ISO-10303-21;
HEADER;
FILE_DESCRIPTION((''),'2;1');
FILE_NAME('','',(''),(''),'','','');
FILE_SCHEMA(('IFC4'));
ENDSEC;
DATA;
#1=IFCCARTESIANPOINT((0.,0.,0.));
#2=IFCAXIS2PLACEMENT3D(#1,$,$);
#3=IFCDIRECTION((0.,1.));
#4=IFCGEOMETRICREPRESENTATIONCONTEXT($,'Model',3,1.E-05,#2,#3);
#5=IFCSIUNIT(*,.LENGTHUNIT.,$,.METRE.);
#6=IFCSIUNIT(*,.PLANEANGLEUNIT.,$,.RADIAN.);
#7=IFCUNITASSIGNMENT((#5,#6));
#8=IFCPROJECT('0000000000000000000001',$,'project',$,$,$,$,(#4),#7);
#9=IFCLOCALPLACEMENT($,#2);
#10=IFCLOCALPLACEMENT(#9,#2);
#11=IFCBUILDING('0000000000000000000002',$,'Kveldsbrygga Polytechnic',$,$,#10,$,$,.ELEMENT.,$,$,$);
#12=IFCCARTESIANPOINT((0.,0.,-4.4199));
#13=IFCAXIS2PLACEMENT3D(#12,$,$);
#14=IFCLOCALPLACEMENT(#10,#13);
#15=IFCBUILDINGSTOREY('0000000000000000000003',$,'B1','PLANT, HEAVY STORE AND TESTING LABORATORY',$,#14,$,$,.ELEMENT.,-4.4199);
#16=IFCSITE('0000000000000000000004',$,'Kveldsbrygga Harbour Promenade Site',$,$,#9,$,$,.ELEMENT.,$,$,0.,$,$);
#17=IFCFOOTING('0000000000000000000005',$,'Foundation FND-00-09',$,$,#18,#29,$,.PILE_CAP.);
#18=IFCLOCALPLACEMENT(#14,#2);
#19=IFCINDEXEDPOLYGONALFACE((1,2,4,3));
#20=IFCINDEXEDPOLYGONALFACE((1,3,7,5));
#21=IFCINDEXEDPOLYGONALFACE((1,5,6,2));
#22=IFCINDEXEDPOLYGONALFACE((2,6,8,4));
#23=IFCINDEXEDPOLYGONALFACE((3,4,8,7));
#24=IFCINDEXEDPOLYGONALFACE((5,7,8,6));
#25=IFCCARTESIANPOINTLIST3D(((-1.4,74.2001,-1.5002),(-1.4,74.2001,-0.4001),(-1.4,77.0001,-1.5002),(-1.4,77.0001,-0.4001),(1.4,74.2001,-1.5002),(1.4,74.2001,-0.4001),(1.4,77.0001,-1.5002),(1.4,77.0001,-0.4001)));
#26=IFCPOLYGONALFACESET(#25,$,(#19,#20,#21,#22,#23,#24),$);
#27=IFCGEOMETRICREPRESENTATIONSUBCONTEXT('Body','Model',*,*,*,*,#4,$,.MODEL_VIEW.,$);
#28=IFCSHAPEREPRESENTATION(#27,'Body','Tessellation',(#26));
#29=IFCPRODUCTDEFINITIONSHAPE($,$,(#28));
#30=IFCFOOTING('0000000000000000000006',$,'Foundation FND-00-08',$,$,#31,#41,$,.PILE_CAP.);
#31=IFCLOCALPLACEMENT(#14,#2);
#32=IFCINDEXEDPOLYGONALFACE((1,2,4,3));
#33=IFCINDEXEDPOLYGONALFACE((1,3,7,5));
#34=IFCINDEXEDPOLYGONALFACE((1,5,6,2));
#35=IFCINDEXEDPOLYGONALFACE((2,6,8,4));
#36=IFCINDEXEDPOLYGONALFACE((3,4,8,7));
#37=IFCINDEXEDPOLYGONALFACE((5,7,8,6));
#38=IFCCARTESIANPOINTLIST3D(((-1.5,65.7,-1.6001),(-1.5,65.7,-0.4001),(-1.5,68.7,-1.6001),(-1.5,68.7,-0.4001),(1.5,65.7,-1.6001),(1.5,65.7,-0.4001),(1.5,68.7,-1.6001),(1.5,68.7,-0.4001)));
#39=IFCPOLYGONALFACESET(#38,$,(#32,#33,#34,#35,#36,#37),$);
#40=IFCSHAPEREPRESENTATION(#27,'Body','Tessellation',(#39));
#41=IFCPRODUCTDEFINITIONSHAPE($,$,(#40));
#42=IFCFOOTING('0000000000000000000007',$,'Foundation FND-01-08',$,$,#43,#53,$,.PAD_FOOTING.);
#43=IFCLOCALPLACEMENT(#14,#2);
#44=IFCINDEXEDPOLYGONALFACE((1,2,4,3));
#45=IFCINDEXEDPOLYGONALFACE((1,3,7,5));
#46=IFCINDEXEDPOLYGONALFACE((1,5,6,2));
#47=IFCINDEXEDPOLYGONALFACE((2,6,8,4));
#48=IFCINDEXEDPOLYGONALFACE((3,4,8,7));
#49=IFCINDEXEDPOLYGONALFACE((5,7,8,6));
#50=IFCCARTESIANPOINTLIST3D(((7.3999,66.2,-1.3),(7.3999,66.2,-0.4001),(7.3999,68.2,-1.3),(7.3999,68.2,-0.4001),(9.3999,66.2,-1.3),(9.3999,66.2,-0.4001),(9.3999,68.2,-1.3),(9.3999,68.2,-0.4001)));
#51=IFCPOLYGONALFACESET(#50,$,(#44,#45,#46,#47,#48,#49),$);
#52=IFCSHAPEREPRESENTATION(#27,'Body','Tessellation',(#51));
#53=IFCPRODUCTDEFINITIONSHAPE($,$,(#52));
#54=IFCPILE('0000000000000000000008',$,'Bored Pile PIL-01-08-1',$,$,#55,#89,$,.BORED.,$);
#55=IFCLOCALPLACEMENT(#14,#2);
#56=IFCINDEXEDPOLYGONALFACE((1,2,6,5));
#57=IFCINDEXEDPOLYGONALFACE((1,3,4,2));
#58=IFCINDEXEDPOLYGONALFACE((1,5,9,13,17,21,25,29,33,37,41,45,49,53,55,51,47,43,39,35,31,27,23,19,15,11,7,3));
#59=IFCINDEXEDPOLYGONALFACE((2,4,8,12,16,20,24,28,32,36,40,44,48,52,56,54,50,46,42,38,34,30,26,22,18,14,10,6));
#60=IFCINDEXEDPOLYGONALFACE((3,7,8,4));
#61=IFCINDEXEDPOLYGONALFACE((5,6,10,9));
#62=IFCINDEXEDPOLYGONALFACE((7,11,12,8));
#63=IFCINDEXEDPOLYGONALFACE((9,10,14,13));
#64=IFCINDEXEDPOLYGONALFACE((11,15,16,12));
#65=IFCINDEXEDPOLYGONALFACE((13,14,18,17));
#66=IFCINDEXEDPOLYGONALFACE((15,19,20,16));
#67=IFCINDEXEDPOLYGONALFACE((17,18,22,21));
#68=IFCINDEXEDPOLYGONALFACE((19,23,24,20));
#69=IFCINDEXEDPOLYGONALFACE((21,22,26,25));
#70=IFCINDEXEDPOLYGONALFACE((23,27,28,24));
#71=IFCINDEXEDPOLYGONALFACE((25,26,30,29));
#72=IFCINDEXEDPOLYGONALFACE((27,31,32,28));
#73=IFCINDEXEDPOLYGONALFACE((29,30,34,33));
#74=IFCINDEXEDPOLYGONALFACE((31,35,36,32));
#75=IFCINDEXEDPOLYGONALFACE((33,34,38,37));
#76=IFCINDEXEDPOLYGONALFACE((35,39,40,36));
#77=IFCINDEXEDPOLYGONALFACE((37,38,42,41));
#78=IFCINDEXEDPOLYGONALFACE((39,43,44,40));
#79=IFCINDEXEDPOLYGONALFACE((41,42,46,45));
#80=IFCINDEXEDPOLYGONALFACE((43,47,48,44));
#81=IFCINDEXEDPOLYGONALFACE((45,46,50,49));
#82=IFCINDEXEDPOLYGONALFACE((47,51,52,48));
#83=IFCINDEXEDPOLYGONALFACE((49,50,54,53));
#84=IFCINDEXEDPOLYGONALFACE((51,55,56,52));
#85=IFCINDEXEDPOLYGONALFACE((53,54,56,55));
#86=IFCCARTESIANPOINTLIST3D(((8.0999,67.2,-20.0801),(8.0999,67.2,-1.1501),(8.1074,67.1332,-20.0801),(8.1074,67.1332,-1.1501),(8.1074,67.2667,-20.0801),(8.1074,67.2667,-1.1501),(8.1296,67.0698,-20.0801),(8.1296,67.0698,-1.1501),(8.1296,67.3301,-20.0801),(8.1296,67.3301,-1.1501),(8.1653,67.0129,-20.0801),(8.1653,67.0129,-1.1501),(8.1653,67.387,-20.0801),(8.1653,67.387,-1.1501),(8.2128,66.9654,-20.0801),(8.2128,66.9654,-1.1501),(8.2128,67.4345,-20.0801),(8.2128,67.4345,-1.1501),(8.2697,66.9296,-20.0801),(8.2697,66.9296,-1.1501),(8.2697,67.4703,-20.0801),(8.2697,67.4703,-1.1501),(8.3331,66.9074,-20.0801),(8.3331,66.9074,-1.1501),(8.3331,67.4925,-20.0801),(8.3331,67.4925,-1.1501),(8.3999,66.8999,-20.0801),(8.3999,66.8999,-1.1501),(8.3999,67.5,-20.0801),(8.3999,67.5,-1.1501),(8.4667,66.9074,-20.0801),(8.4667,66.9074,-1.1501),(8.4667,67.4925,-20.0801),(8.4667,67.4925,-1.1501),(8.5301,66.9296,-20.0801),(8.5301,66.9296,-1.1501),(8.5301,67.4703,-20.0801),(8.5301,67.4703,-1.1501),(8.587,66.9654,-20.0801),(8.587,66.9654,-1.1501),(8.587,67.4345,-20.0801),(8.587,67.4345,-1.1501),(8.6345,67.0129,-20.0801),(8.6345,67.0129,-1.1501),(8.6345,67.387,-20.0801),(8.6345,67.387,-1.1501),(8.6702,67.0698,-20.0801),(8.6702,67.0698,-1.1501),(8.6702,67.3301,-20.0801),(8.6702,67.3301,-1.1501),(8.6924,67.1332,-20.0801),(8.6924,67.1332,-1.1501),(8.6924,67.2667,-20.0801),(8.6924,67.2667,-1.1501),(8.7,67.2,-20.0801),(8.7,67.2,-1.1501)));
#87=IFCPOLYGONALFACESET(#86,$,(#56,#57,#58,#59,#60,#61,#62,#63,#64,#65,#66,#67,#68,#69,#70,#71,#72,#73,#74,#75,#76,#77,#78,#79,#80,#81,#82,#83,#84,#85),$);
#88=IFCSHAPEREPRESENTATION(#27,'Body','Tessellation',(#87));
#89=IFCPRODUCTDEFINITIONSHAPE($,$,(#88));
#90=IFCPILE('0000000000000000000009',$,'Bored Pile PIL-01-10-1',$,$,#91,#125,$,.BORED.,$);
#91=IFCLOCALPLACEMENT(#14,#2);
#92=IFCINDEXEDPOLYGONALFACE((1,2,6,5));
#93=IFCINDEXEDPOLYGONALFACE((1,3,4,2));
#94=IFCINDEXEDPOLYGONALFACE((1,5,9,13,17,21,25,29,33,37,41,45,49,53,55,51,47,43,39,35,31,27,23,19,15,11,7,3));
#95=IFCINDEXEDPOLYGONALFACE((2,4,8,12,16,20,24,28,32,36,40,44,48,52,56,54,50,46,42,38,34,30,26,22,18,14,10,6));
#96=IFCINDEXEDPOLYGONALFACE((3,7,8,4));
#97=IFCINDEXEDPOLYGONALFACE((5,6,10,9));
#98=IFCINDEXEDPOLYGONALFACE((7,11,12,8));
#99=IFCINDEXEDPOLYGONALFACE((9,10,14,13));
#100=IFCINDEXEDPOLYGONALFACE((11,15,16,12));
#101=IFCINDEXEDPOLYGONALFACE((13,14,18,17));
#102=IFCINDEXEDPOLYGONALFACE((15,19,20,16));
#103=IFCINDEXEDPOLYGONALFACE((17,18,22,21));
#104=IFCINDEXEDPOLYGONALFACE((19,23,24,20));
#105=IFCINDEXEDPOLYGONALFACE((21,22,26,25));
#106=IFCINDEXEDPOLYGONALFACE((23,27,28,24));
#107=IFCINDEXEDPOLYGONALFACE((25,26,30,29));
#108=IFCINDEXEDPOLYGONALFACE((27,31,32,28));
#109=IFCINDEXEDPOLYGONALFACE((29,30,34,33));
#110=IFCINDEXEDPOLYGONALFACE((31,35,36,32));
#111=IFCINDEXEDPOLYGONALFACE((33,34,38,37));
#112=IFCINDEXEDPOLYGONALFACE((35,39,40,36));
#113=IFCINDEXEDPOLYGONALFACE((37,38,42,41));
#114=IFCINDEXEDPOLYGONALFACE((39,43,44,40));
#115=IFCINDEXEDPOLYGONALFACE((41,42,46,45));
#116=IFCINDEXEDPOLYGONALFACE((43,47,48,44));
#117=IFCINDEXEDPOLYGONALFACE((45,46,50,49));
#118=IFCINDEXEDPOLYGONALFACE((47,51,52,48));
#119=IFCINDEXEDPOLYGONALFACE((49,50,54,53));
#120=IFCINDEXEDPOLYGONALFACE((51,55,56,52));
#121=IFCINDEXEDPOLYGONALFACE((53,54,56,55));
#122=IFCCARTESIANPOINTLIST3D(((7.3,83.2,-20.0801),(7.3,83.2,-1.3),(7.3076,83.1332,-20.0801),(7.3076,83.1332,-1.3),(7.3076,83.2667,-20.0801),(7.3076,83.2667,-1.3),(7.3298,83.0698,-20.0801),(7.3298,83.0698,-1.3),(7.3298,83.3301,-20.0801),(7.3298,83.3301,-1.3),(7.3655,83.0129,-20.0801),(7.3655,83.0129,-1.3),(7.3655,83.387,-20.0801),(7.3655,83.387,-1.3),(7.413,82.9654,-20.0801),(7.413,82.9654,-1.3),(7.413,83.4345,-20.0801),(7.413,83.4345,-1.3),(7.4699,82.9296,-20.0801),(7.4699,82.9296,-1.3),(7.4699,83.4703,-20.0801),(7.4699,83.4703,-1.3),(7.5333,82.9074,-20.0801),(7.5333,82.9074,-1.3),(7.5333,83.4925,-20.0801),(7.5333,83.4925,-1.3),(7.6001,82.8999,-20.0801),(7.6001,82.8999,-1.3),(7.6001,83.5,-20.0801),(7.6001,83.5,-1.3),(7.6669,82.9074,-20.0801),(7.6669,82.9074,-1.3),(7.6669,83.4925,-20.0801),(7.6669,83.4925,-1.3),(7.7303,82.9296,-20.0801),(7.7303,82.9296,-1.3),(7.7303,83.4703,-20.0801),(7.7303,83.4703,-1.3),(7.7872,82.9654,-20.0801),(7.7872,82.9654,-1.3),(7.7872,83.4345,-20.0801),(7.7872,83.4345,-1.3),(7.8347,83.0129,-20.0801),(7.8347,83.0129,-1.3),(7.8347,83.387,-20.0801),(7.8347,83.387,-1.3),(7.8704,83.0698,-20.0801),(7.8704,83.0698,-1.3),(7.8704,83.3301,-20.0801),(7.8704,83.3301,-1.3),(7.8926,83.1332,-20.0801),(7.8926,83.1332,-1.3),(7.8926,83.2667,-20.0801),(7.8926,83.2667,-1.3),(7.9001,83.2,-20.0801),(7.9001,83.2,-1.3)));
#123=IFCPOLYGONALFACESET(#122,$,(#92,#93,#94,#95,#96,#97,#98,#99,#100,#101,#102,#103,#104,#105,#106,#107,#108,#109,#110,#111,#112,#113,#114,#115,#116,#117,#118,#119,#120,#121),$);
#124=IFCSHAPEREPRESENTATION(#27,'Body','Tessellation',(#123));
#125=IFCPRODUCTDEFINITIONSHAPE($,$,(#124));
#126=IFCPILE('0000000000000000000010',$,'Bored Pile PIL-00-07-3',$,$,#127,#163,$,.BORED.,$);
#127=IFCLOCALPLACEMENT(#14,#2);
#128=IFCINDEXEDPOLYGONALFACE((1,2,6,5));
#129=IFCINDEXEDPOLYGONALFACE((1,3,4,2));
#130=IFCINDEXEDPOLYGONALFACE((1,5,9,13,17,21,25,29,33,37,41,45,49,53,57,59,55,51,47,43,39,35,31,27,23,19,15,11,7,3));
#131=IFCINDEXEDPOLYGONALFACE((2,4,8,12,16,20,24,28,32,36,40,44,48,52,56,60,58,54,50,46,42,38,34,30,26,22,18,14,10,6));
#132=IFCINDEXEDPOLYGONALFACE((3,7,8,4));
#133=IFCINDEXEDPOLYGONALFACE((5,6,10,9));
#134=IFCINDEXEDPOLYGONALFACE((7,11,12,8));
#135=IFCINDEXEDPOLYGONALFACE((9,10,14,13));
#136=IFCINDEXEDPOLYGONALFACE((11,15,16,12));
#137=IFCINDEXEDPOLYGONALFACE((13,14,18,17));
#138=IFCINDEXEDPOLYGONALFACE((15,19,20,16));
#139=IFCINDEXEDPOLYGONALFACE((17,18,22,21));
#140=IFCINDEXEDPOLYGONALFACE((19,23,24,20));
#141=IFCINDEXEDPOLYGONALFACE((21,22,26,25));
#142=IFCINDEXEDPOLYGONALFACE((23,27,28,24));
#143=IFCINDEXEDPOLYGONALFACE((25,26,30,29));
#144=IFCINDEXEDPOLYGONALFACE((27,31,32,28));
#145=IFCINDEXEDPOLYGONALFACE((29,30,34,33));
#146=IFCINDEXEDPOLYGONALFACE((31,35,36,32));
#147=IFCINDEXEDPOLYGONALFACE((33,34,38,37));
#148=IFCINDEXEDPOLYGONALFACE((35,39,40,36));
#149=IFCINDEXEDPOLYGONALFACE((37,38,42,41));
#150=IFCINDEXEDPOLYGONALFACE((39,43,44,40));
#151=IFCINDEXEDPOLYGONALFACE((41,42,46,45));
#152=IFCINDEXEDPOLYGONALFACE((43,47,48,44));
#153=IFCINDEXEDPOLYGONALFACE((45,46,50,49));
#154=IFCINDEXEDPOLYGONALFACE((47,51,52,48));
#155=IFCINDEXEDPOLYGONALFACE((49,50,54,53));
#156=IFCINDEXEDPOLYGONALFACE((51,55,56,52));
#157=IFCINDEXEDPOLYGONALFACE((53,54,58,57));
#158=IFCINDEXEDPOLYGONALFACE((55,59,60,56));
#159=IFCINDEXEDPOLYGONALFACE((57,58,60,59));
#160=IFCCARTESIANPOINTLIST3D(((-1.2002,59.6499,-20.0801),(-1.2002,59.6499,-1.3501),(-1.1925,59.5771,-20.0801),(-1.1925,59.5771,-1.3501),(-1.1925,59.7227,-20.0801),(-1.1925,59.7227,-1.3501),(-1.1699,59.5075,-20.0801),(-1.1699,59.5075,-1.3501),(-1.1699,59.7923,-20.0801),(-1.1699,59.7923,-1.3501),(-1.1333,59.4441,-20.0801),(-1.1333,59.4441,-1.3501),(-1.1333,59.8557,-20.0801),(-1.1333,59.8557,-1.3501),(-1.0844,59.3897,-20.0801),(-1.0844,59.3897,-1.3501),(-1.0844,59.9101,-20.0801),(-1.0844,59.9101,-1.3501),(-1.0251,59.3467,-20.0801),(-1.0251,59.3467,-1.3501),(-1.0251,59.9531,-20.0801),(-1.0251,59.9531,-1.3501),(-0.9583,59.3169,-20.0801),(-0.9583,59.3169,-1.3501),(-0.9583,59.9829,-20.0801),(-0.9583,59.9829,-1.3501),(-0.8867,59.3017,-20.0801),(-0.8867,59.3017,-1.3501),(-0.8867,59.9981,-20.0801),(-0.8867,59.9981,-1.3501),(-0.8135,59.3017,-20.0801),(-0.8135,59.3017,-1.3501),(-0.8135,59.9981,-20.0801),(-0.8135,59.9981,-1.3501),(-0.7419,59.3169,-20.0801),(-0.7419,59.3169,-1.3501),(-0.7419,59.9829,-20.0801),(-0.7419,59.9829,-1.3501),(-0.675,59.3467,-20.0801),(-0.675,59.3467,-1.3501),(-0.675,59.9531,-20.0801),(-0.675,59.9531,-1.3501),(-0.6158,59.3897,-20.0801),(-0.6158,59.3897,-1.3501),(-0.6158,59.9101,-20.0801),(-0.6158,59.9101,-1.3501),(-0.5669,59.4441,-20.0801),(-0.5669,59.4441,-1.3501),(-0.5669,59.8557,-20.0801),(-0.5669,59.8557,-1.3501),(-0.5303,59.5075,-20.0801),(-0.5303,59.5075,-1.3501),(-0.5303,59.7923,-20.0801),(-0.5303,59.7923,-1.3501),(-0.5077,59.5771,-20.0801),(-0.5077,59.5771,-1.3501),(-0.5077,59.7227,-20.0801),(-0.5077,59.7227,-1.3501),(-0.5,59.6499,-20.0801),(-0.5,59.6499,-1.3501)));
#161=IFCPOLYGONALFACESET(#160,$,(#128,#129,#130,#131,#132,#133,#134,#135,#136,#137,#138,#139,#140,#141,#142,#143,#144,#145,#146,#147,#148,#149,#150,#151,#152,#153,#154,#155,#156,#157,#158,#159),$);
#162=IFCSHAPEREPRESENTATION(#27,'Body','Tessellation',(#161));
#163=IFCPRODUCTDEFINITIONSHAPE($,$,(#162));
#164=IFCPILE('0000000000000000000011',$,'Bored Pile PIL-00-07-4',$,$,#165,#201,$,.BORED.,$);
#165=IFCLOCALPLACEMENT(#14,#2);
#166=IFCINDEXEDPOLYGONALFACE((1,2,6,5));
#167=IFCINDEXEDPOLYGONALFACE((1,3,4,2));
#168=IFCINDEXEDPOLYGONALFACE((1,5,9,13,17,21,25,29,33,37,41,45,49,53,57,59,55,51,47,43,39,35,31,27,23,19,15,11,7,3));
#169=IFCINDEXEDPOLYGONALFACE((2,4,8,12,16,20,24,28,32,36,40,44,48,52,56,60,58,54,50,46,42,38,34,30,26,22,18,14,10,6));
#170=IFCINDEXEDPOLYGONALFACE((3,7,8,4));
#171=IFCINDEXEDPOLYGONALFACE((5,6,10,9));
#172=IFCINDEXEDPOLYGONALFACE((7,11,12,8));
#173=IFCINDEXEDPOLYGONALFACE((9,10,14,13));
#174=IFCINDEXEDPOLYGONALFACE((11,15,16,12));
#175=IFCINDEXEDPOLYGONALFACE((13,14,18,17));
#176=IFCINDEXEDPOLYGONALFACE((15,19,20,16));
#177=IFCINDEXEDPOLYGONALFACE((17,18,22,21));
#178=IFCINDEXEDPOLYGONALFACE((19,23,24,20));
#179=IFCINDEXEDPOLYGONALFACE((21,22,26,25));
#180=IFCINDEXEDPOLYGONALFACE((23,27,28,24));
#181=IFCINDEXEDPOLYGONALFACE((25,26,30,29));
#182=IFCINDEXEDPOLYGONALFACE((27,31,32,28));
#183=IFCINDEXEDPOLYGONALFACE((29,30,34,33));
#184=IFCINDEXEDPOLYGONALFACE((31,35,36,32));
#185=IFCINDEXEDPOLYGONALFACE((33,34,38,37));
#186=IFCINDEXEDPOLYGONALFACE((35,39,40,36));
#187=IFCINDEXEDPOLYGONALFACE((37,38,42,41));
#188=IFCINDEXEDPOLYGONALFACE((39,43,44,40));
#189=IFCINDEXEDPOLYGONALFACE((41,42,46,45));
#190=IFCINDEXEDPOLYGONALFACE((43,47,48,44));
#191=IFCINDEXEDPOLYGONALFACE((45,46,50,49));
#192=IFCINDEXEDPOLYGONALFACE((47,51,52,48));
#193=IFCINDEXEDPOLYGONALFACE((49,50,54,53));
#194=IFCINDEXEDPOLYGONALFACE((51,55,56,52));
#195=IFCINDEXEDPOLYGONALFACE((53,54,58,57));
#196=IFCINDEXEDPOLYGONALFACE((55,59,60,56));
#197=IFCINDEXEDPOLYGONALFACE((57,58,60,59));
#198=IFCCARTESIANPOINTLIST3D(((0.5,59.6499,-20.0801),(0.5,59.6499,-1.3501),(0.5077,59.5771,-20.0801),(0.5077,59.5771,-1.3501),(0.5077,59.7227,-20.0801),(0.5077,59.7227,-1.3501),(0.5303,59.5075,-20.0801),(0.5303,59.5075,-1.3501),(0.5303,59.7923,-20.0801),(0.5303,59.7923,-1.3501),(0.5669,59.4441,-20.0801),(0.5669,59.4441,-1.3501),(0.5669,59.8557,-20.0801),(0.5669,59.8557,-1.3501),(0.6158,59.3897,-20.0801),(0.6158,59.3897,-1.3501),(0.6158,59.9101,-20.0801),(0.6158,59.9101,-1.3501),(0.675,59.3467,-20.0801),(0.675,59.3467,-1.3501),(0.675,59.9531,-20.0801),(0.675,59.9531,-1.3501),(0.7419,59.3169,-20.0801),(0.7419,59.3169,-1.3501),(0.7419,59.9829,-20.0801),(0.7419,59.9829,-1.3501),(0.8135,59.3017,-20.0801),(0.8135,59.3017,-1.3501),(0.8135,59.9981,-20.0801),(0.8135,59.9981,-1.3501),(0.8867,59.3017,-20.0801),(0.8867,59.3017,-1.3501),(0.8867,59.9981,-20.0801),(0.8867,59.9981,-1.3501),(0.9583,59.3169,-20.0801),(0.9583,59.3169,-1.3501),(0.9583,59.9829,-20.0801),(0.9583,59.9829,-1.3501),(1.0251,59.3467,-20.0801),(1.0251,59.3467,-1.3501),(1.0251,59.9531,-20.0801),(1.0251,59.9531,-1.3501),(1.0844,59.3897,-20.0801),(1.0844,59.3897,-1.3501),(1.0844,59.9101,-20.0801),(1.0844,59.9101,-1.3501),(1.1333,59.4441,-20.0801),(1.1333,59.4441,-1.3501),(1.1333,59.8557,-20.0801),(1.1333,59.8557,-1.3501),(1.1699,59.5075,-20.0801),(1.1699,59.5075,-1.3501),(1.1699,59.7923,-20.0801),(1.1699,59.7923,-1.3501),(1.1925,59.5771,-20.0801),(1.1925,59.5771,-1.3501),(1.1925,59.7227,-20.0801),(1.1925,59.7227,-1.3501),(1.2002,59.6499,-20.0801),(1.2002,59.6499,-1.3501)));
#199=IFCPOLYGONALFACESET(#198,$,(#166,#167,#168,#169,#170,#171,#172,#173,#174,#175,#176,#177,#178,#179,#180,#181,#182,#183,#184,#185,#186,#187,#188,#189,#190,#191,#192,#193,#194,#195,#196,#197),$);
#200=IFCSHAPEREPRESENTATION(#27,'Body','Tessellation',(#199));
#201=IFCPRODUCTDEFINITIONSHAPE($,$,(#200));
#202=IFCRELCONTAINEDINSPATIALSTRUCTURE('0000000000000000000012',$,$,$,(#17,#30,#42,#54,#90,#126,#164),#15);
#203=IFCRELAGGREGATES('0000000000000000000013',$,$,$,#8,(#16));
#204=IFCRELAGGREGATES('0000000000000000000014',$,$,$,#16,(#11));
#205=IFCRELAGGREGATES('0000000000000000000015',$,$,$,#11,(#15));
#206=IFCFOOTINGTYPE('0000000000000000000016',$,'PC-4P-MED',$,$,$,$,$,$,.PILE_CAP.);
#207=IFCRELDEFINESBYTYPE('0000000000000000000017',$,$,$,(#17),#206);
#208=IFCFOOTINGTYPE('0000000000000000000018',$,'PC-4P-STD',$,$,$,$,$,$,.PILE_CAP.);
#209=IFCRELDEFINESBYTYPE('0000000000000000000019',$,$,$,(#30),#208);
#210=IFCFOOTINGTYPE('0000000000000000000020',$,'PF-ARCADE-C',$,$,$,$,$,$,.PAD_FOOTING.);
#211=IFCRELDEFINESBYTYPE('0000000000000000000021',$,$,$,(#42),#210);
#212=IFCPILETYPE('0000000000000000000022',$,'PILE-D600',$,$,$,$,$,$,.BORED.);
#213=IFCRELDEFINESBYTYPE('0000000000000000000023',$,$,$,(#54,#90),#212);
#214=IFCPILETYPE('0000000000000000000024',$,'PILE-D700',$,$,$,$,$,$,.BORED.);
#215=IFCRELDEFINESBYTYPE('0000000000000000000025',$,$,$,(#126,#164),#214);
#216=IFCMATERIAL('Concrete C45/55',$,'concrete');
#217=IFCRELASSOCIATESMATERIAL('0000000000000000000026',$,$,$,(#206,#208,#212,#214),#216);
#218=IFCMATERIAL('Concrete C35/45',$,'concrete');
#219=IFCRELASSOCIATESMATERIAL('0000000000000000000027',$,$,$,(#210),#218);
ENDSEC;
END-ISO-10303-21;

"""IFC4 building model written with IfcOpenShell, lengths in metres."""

from ifc_helpers import new_model, si_unit, direction, frame, origin, origin_2d, place, context, subcontext, project, spatial, rectangle, circle, extrude, material, material_profile, profile_set, type_object, element, save


model = new_model("IFC4")

# Units and contexts
model_context = context("Model", 3, precision=1e-05, world=origin(), true_north=direction((0.0, 1.0)))
body_context = subcontext(model_context, "Body", "Model", "MODEL_VIEW")
ifc_project = project(units=[si_unit("LENGTHUNIT", "METRE"), si_unit("PLANEANGLEUNIT", "RADIAN")], contexts=[model_context])

# Site, building, storey
site_placement = place(None, origin())
site = spatial("IfcSite", under=ifc_project, at=site_placement, Name="Kveldsbrygga Harbour Promenade Site", CompositionType="ELEMENT", RefElevation=0.0)
building_placement = place(site_placement, origin())
building = spatial("IfcBuilding", under=site, at=building_placement, Name="Kveldsbrygga Polytechnic", CompositionType="ELEMENT")
storey_placement = place(building_placement, frame((0.0, 0.0, -4.4199)))
storey = spatial("IfcBuildingStorey", under=building, at=storey_placement, Name="B1", Description="PLANT, HEAVY STORE AND TESTING LABORATORY", CompositionType="ELEMENT", Elevation=-4.4199)

# Footings
ifc_material_1 = material(Name="Concrete C45/55", Category="concrete")
footing_type_1 = type_object("IfcFootingType", Name="PC-4P-MED", PredefinedType="PILE_CAP", material=ifc_material_1)
footing_1_placement = place(storey_placement, frame((0.0, 75.6001, -1.5002), z_axis=(0.0, 0.0, 1.0), x_axis=(1.0, 0.0, 0.0)))
element("IfcFooting", 1, at=footing_1_placement, inside=storey, type_object=footing_type_1, Name="Foundation FND-00-09", PredefinedType="PILE_CAP", context=body_context, shape_type="SweptSolid", body=[
    extrude(rectangle(XDim=2.8, YDim=2.8, at=origin_2d()), origin(), (0.0, 0.0, 1.0), 1.1001),
])
footing_type_2 = type_object("IfcFootingType", Name="PC-4P-STD", PredefinedType="PILE_CAP", material=ifc_material_1)
footing_2_placement = place(storey_placement, frame((0.0, 67.2, -1.6001), z_axis=(0.0, 0.0, 1.0), x_axis=(1.0, 0.0, 0.0)))
element("IfcFooting", 2, at=footing_2_placement, inside=storey, type_object=footing_type_2, Name="Foundation FND-00-08", PredefinedType="PILE_CAP", context=body_context, shape_type="SweptSolid", body=[
    extrude(rectangle(XDim=3.0, YDim=3.0, at=origin_2d()), origin(), (0.0, 0.0, 1.0), 1.2),
])
ifc_material_2 = material(Name="Concrete C35/45", Category="concrete")
footing_type_3 = type_object("IfcFootingType", Name="PF-ARCADE-C", PredefinedType="PAD_FOOTING", material=ifc_material_2)
footing_3_placement = place(storey_placement, frame((8.3999, 67.2, -1.3), z_axis=(0.0, 0.0, 1.0), x_axis=(1.0, 0.0, 0.0)))
element("IfcFooting", 3, at=footing_3_placement, inside=storey, type_object=footing_type_3, Name="Foundation FND-01-08", PredefinedType="PAD_FOOTING", context=body_context, shape_type="SweptSolid", body=[
    extrude(rectangle(XDim=2.0, YDim=2.0, at=origin_2d()), origin(), (0.0, 0.0, 1.0), 0.8999),
])

# Piles
ifc_material_profile_1 = material_profile(ifc_material_1, circle(Radius=0.3, at=origin_2d()), Name="PILE D600")
ifc_profile_set_1 = profile_set([ifc_material_profile_1], Name="Concrete C45/55")
pile_type_1 = type_object("IfcPileType", Name="PILE-D600", PredefinedType="BORED", material=ifc_profile_set_1)
pile_1_placement = place(storey_placement, frame((8.3999, 67.2, -1.1501), z_axis=(0.0, 0.0, -1.0), x_axis=(1.0, 0.0, 0.0)))
element("IfcPile", 4, at=pile_1_placement, inside=storey, type_object=pile_type_1, Name="Bored Pile PIL-01-08-1", PredefinedType="BORED", context=body_context, shape_type="SweptSolid", body=[
    extrude(circle(Radius=0.3, at=origin_2d()), origin(), (0.0, 0.0, 1.0), 18.9299),
])
pile_2_placement = place(storey_placement, frame((7.6001, 83.2, -1.3), z_axis=(0.0, 0.0, -1.0), x_axis=(1.0, 0.0, 0.0)))
element("IfcPile", 5, at=pile_2_placement, inside=storey, type_object=pile_type_1, Name="Bored Pile PIL-01-10-1", PredefinedType="BORED", context=body_context, shape_type="SweptSolid", body=[
    extrude(circle(Radius=0.3, at=origin_2d()), origin(), (0.0, 0.0, 1.0), 18.78),
])
ifc_material_profile_2 = material_profile(ifc_material_1, circle(Radius=0.3501, at=origin_2d()), Name="PILE D700")
ifc_profile_set_2 = profile_set([ifc_material_profile_2], Name="Concrete C45/55")
pile_type_2 = type_object("IfcPileType", Name="PILE-D700", PredefinedType="BORED", material=ifc_profile_set_2)
for number, where, z_axis, x_axis, name in (
    (6, (-0.8501, 59.6499, -1.3501), (0.0, 0.0, -1.0), (1.0, 0.0, 0.0), "Bored Pile PIL-00-07-3"),
    (7, (0.8501, 59.6499, -1.3501), (0.0, 0.0, -1.0), (1.0, 0.0, 0.0), "Bored Pile PIL-00-07-4"),
):
    element("IfcPile", number, at=place(storey_placement, frame(where, z_axis=z_axis, x_axis=x_axis)), inside=storey, type_object=pile_type_2, Name=name, PredefinedType="BORED", context=body_context, shape_type="SweptSolid", body=[
        extrude(circle(Radius=0.3501, at=origin_2d()), origin(), (0.0, 0.0, 1.0), 18.73),
    ])

save(model, "model.ifc")
